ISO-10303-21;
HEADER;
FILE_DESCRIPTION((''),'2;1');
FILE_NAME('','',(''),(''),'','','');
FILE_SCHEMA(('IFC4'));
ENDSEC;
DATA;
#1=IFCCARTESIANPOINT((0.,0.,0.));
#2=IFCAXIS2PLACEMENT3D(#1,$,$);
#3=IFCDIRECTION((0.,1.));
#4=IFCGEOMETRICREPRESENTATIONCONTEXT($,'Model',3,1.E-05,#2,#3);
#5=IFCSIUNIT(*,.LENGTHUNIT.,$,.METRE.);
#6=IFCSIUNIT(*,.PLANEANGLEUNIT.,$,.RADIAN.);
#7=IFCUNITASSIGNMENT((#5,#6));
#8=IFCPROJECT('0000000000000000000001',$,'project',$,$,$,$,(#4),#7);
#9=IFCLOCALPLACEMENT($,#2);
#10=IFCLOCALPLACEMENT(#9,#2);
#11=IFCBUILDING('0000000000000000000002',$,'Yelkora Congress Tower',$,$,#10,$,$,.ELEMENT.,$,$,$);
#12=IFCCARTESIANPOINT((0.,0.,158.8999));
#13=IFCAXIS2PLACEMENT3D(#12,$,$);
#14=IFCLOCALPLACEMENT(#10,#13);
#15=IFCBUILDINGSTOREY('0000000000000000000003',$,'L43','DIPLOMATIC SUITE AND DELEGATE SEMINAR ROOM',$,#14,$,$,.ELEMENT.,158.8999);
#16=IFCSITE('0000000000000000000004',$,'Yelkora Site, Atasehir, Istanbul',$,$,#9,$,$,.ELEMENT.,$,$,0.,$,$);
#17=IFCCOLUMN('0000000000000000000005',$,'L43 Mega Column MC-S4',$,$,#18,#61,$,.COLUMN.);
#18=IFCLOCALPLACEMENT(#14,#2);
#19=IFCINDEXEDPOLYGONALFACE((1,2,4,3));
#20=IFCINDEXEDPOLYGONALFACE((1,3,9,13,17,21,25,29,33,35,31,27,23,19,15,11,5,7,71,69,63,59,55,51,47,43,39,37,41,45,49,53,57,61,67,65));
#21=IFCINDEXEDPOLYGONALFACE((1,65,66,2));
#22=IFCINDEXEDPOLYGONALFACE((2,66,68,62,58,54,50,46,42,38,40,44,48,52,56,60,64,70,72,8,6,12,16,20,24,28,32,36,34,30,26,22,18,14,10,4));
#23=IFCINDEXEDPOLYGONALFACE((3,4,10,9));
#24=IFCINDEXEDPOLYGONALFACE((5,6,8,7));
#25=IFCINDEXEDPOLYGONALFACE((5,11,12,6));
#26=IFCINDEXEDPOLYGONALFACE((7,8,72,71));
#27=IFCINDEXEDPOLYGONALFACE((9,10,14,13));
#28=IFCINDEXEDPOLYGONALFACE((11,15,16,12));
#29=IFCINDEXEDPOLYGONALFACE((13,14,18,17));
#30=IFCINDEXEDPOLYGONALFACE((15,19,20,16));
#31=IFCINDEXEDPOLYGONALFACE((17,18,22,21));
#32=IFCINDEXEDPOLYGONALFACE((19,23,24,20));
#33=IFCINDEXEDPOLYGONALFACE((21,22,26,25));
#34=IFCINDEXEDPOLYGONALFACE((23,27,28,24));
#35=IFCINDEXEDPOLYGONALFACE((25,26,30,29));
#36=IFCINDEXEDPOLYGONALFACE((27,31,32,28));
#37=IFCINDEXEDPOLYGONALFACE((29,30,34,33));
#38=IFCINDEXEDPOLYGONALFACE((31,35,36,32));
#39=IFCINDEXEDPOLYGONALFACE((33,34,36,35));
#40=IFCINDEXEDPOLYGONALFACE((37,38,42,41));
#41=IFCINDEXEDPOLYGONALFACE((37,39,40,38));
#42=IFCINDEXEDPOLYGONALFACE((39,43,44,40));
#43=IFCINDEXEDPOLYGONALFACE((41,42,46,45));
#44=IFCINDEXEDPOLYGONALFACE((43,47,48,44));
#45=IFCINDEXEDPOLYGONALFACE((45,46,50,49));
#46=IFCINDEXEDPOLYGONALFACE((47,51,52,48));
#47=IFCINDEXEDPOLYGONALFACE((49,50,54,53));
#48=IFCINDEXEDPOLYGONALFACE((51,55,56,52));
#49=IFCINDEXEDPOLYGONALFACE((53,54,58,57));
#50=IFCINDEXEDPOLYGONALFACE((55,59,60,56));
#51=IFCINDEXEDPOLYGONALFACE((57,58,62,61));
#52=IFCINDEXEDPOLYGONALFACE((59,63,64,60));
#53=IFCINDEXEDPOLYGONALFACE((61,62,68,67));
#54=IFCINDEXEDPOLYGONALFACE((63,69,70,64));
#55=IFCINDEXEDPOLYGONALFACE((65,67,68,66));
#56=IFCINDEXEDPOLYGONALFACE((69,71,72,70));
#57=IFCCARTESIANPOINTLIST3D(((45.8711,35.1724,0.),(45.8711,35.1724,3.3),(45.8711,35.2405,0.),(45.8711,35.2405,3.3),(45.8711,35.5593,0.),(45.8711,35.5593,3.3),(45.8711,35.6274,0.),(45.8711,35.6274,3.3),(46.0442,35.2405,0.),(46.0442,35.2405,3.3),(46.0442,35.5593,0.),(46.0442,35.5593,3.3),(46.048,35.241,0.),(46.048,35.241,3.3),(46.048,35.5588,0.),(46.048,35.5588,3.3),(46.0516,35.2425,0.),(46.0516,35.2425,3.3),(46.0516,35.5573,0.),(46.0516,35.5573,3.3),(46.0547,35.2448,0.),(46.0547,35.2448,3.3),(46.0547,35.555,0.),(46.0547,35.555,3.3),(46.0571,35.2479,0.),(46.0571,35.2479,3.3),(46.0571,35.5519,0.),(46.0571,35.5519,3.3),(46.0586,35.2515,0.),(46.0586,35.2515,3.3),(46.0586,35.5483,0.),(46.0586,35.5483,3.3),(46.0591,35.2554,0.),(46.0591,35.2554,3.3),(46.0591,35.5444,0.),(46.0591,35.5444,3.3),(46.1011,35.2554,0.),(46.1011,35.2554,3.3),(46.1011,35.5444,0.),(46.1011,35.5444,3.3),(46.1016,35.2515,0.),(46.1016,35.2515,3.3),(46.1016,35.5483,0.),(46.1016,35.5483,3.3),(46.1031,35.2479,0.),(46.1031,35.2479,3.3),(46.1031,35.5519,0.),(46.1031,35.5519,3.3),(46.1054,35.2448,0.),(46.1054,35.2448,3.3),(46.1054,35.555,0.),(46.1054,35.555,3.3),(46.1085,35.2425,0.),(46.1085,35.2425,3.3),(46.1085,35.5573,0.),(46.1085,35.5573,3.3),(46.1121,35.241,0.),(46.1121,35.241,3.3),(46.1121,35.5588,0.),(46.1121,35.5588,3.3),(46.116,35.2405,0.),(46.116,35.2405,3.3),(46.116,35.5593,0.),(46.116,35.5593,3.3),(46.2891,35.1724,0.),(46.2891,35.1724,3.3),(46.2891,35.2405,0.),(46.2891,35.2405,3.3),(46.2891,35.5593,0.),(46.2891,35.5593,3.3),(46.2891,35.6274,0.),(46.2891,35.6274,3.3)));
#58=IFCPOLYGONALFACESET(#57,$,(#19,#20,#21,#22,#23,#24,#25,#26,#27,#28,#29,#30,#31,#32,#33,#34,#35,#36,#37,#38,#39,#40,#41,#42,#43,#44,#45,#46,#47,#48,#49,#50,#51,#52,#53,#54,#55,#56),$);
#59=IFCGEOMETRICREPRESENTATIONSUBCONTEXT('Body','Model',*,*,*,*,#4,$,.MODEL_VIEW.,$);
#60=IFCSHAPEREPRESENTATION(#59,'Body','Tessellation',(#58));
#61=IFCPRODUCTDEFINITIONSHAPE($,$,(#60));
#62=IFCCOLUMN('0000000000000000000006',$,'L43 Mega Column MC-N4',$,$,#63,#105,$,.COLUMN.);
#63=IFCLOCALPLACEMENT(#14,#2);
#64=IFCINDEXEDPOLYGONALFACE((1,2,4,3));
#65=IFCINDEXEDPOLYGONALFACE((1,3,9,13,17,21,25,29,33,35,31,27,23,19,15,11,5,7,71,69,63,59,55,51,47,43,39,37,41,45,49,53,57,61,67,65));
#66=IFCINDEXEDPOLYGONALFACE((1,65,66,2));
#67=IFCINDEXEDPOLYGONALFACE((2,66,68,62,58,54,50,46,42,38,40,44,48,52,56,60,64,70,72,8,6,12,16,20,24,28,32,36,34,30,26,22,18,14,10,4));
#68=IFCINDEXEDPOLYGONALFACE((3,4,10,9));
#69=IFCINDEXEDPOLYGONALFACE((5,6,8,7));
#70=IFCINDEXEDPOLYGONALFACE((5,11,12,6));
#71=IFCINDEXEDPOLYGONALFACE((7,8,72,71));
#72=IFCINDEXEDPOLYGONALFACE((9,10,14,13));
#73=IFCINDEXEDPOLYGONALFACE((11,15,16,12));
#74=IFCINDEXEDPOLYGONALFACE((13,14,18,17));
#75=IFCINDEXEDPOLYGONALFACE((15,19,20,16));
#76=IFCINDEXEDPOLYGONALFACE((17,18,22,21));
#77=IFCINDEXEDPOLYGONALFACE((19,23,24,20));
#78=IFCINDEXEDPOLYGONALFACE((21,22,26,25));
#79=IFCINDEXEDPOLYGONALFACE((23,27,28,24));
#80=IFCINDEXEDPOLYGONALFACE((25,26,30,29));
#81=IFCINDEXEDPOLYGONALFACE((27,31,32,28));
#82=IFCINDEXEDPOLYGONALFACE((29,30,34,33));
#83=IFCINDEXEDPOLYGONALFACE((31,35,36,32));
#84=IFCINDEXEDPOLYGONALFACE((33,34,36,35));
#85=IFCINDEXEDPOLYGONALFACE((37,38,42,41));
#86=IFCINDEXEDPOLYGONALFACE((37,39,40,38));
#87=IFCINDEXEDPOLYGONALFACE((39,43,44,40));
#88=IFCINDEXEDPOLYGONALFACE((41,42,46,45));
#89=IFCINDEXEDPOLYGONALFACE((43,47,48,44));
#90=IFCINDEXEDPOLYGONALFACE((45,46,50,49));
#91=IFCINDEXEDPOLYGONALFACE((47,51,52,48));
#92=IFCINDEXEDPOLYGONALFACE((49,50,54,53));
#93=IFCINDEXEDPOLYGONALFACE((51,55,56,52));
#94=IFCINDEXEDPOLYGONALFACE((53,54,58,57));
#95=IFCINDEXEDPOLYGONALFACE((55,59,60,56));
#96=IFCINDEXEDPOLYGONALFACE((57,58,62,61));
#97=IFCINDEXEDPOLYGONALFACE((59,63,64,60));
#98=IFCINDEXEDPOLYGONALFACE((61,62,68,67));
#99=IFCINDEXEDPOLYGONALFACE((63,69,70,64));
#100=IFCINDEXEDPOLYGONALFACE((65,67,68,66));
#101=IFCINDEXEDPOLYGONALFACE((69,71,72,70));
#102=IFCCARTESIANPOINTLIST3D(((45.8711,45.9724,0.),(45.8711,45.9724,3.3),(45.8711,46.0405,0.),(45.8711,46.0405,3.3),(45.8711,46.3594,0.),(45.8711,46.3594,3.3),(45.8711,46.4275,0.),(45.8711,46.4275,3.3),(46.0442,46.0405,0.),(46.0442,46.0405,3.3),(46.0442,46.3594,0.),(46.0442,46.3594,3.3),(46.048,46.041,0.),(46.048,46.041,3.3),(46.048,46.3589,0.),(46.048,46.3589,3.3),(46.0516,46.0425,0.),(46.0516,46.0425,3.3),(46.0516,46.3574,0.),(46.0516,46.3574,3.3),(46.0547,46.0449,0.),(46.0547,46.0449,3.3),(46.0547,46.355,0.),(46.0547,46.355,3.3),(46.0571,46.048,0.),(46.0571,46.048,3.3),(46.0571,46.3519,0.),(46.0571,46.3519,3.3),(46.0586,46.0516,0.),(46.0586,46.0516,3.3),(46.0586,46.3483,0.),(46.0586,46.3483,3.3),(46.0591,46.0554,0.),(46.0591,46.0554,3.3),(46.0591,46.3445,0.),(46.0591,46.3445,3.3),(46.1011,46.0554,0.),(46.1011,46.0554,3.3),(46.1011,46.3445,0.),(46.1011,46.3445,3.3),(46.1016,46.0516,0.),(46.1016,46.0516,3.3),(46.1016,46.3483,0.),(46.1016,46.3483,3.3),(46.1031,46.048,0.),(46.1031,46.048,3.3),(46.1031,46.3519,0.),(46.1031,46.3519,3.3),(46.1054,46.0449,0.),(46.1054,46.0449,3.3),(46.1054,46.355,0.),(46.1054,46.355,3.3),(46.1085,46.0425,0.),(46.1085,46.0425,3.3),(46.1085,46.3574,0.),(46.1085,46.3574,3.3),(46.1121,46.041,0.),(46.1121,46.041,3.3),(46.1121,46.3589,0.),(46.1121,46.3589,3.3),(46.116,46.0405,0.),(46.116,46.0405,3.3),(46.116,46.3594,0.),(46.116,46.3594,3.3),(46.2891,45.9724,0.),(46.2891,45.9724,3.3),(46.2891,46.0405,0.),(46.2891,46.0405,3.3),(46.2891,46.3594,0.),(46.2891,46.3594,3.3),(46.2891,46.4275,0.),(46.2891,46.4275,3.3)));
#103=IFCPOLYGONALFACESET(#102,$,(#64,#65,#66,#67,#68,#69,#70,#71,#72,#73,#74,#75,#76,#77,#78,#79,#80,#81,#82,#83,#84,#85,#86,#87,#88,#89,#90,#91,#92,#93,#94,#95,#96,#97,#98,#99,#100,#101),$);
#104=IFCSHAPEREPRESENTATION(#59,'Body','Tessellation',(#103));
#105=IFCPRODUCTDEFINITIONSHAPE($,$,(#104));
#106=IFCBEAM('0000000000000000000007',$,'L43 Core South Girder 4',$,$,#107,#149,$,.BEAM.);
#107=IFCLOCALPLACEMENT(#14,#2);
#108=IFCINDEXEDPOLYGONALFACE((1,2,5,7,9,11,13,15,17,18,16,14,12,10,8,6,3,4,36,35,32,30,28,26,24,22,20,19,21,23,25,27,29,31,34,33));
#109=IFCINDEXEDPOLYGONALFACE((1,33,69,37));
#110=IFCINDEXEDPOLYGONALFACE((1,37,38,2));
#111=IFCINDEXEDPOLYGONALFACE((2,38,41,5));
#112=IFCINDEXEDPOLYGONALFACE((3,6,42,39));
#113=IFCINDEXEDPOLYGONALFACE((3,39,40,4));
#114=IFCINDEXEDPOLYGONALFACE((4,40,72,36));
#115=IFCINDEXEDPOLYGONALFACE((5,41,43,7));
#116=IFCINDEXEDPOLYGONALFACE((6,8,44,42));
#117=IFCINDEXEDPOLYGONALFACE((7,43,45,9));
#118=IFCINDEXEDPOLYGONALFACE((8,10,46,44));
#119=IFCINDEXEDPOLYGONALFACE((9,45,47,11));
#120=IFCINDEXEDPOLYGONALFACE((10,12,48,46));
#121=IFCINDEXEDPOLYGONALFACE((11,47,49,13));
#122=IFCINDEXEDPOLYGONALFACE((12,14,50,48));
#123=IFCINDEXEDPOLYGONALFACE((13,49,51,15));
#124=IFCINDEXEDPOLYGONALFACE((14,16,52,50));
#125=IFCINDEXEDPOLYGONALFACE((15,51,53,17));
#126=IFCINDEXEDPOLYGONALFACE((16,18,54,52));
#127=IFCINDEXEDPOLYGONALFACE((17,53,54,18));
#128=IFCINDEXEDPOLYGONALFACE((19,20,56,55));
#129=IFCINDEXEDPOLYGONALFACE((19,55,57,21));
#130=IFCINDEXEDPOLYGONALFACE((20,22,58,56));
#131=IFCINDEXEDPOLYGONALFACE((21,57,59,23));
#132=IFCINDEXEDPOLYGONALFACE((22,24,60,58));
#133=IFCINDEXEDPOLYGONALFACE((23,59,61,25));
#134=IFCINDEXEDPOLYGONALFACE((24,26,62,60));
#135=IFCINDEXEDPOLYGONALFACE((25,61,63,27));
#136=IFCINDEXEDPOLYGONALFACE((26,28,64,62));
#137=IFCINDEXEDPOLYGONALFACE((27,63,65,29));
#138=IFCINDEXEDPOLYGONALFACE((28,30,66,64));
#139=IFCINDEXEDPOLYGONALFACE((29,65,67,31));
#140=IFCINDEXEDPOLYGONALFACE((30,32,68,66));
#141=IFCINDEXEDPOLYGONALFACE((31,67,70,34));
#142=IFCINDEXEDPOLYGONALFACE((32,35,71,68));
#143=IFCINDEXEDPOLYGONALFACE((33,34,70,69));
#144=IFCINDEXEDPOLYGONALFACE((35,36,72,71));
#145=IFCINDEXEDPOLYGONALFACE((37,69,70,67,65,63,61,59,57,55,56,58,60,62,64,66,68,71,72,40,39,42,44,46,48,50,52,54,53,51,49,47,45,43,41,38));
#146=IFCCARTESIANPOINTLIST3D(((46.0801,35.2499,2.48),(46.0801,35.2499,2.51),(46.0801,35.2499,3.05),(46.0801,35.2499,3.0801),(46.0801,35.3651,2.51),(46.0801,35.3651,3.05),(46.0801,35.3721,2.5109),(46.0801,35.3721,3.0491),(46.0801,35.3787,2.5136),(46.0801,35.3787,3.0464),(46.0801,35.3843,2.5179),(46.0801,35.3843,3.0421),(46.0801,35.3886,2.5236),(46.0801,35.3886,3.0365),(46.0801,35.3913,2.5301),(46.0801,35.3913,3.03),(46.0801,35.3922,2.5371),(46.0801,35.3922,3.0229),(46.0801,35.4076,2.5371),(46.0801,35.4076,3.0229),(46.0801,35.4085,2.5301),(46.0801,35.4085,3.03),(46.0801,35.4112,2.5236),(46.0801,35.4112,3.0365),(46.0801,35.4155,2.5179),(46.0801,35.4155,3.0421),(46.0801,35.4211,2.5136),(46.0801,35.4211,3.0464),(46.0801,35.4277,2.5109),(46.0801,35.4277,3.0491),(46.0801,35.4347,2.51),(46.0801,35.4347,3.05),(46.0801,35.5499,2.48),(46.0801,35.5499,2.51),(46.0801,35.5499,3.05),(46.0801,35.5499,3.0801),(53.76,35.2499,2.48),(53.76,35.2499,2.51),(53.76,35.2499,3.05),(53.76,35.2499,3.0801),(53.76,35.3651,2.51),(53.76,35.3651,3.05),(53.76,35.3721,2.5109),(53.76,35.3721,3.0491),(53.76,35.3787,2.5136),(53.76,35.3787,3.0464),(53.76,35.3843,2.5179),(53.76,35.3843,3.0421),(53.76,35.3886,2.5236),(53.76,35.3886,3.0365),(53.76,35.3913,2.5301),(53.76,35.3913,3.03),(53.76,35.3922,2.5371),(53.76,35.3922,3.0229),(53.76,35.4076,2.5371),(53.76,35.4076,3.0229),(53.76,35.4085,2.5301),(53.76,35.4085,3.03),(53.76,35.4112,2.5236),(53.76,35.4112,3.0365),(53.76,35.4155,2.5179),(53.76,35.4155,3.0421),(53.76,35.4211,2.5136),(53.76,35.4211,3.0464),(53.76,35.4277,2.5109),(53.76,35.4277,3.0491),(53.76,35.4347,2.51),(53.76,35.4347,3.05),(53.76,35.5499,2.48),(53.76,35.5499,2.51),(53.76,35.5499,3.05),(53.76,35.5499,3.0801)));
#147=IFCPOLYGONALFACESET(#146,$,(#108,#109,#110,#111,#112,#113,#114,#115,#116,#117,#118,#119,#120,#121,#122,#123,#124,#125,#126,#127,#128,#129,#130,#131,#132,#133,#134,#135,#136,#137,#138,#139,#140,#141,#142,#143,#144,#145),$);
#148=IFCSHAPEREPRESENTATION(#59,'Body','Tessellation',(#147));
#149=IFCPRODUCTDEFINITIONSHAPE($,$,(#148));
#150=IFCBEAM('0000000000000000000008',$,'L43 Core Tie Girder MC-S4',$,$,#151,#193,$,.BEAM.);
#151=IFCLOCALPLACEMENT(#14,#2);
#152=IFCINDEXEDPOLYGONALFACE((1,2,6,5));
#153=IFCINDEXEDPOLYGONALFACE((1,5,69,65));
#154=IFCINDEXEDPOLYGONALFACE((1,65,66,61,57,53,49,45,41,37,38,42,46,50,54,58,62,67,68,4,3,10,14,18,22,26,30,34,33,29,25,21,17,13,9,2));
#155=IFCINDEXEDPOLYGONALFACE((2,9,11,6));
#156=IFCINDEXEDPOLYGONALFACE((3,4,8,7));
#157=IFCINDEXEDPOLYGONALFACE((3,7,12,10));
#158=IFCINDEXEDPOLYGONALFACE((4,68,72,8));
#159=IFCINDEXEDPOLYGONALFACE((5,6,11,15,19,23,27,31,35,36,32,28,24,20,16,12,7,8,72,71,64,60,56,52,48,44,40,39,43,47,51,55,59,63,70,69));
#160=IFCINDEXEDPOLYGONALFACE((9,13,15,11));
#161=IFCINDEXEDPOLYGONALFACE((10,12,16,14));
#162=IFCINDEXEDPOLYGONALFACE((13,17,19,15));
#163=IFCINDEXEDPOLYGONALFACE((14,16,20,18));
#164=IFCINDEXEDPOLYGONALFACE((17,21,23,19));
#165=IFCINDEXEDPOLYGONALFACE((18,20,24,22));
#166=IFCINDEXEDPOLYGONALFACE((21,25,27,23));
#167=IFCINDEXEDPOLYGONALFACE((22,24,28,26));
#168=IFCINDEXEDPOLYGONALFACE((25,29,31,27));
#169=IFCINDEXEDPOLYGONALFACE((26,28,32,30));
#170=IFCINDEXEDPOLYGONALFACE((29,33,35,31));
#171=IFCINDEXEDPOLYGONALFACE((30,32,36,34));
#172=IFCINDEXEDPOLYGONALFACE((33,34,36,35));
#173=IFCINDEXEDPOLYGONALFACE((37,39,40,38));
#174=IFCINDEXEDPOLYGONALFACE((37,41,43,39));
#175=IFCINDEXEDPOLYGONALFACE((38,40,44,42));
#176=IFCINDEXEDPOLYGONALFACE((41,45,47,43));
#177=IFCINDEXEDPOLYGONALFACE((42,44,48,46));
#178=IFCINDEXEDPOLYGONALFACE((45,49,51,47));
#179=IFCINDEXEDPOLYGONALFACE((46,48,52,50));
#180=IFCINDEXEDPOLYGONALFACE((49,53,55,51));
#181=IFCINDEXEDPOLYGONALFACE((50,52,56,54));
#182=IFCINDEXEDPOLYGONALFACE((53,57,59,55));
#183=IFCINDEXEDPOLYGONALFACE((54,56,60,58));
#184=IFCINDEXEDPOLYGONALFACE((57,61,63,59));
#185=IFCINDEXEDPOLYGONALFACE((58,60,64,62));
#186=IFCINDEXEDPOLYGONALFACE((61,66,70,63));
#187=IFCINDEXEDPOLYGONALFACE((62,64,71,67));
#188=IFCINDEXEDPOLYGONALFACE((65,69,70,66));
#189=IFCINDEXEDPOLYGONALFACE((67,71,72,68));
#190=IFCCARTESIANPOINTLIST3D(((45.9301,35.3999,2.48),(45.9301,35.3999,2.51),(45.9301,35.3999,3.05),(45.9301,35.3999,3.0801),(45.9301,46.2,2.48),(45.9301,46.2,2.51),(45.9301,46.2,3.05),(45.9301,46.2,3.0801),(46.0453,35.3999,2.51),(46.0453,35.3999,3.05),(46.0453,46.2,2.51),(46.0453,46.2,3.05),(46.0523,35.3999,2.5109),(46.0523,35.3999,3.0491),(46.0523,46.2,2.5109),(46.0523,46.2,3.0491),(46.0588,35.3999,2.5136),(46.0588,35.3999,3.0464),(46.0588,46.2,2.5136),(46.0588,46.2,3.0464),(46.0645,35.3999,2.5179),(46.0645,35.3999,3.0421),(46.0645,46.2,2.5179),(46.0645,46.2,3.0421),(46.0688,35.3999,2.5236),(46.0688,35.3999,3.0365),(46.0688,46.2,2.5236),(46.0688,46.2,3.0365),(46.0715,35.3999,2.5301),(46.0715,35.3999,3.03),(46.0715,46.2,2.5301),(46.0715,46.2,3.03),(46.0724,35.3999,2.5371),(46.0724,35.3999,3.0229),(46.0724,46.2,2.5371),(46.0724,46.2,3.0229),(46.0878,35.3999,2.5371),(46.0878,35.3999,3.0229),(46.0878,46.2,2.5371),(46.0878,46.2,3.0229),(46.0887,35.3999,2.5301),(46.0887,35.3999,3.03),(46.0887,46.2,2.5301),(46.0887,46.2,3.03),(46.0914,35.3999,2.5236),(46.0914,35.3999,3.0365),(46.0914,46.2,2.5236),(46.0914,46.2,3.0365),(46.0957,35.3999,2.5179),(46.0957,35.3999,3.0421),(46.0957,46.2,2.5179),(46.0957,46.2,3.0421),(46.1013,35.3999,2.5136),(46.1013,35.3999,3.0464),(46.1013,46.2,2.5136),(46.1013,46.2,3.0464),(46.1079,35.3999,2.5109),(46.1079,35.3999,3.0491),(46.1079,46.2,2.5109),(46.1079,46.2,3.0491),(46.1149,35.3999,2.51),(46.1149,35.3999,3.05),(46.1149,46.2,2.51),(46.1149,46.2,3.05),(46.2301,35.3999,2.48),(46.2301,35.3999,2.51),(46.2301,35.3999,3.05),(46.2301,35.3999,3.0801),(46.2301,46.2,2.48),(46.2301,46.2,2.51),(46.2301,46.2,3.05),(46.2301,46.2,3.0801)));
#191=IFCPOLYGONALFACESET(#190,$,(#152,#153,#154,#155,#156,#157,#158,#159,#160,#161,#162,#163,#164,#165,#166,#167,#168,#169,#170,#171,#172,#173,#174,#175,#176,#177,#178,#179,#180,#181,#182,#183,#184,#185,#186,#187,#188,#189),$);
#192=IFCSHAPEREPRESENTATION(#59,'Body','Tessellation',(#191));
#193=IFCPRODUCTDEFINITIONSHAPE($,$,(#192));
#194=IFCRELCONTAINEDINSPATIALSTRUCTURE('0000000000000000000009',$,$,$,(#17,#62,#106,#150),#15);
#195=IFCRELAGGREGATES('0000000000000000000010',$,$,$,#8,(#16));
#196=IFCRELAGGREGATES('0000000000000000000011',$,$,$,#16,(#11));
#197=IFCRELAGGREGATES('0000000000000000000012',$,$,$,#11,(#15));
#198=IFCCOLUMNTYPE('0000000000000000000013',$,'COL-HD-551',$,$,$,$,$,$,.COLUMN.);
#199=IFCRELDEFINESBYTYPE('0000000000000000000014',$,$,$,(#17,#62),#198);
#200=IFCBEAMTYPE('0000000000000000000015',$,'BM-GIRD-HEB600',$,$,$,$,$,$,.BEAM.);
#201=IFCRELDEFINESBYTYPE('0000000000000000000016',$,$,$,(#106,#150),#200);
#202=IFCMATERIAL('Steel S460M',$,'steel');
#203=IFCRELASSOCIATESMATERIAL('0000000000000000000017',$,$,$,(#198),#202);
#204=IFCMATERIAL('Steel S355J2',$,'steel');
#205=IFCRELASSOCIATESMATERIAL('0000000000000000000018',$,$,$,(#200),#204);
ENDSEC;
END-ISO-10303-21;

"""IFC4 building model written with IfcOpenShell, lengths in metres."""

from ifc_helpers import new_model, si_unit, direction, frame, origin, origin_2d, place, context, subcontext, project, spatial, i_section, extrude, material, material_profile, profile_set, type_object, element, save


model = new_model("IFC4")

# Units and contexts
model_context = context("Model", 3, precision=1e-05, world=origin(), true_north=direction((0.0, 1.0)))
body_context = subcontext(model_context, "Body", "Model", "MODEL_VIEW")
ifc_project = project(units=[si_unit("LENGTHUNIT", "METRE"), si_unit("PLANEANGLEUNIT", "RADIAN")], contexts=[model_context])

# Site, building, storey
site_placement = place(None, origin())
site = spatial("IfcSite", under=ifc_project, at=site_placement, Name="Yelkora Site, Atasehir, Istanbul", CompositionType="ELEMENT", RefElevation=0.0)
building_placement = place(site_placement, origin())
building = spatial("IfcBuilding", under=site, at=building_placement, Name="Yelkora Congress Tower", CompositionType="ELEMENT")
storey_placement = place(building_placement, frame((0.0, 0.0, 158.8999)))
storey = spatial("IfcBuildingStorey", under=building, at=storey_placement, Name="L43", Description="DIPLOMATIC SUITE AND DELEGATE SEMINAR ROOM", CompositionType="ELEMENT", Elevation=158.8999)

# Columns
ifc_material_1 = material(Name="Steel S460M", Category="steel")
ifc_material_profile_1 = material_profile(ifc_material_1, i_section(OverallWidth=0.418, OverallDepth=0.4551, WebThickness=0.042, FlangeThickness=0.0681, FilletRadius=0.0149, at=origin_2d()), Name="HD 400x551")
ifc_profile_set_1 = profile_set([ifc_material_profile_1], Name="Steel S460M")
column_type = type_object("IfcColumnType", Name="COL-HD-551", PredefinedType="COLUMN", material=ifc_profile_set_1)
for number, where, z_axis, x_axis, name in (
    (1, (46.0801, 35.3999, 0.0), (0.0, 0.0, 1.0), (1.0, 0.0, 0.0), "L43 Mega Column MC-S4"),
    (2, (46.0801, 46.2, 0.0), (0.0, 0.0, 1.0), (1.0, 0.0, 0.0), "L43 Mega Column MC-N4"),
):
    element("IfcColumn", number, at=place(storey_placement, frame(where, z_axis=z_axis, x_axis=x_axis)), inside=storey, type_object=column_type, Name=name, PredefinedType="COLUMN", context=body_context, shape_type="SweptSolid", body=[
        extrude(i_section(OverallWidth=0.418, OverallDepth=0.4551, WebThickness=0.042, FlangeThickness=0.0681, FilletRadius=0.0149, at=origin_2d()), origin(), (0.0, 0.0, 1.0), 3.3),
    ])

# Beams
ifc_material_2 = material(Name="Steel S355J2", Category="steel")
ifc_material_profile_2 = material_profile(ifc_material_2, i_section(OverallWidth=0.3, OverallDepth=0.6001, WebThickness=0.0154, FlangeThickness=0.03, FilletRadius=0.0271, at=origin_2d()), Name="HEB 600")
ifc_profile_set_2 = profile_set([ifc_material_profile_2], Name="Steel S355J2")
beam_type_1 = type_object("IfcBeamType", Name="BM-GIRD-HEB600", PredefinedType="BEAM", material=ifc_profile_set_2)
beam_1_placement = place(storey_placement, frame((46.0801, 35.3999, 2.78), z_axis=(1.0, 0.0, 0.0), x_axis=(0.0, 1.0, 0.0)))
element("IfcBeam", 3, at=beam_1_placement, inside=storey, type_object=beam_type_1, Name="L43 Core South Girder 4", PredefinedType="BEAM", context=body_context, shape_type="SweptSolid", body=[
    extrude(i_section(OverallWidth=0.3, OverallDepth=0.6001, WebThickness=0.0154, FlangeThickness=0.03, FilletRadius=0.0271, at=origin_2d()), origin(), (0.0, 0.0, 1.0), 7.6799),
])
beam_2_placement = place(storey_placement, frame((46.0801, 35.3999, 2.78), z_axis=(0.0, 1.0, 0.0), x_axis=(-1.0, 0.0, 0.0)))
element("IfcBeam", 4, at=beam_2_placement, inside=storey, type_object=beam_type_1, Name="L43 Core Tie Girder MC-S4", PredefinedType="BEAM", context=body_context, shape_type="SweptSolid", body=[
    extrude(i_section(OverallWidth=0.3, OverallDepth=0.6001, WebThickness=0.0154, FlangeThickness=0.03, FilletRadius=0.0271, at=origin_2d()), origin(), (0.0, 0.0, 1.0), 10.8),
])

save(model, "model.ifc")
